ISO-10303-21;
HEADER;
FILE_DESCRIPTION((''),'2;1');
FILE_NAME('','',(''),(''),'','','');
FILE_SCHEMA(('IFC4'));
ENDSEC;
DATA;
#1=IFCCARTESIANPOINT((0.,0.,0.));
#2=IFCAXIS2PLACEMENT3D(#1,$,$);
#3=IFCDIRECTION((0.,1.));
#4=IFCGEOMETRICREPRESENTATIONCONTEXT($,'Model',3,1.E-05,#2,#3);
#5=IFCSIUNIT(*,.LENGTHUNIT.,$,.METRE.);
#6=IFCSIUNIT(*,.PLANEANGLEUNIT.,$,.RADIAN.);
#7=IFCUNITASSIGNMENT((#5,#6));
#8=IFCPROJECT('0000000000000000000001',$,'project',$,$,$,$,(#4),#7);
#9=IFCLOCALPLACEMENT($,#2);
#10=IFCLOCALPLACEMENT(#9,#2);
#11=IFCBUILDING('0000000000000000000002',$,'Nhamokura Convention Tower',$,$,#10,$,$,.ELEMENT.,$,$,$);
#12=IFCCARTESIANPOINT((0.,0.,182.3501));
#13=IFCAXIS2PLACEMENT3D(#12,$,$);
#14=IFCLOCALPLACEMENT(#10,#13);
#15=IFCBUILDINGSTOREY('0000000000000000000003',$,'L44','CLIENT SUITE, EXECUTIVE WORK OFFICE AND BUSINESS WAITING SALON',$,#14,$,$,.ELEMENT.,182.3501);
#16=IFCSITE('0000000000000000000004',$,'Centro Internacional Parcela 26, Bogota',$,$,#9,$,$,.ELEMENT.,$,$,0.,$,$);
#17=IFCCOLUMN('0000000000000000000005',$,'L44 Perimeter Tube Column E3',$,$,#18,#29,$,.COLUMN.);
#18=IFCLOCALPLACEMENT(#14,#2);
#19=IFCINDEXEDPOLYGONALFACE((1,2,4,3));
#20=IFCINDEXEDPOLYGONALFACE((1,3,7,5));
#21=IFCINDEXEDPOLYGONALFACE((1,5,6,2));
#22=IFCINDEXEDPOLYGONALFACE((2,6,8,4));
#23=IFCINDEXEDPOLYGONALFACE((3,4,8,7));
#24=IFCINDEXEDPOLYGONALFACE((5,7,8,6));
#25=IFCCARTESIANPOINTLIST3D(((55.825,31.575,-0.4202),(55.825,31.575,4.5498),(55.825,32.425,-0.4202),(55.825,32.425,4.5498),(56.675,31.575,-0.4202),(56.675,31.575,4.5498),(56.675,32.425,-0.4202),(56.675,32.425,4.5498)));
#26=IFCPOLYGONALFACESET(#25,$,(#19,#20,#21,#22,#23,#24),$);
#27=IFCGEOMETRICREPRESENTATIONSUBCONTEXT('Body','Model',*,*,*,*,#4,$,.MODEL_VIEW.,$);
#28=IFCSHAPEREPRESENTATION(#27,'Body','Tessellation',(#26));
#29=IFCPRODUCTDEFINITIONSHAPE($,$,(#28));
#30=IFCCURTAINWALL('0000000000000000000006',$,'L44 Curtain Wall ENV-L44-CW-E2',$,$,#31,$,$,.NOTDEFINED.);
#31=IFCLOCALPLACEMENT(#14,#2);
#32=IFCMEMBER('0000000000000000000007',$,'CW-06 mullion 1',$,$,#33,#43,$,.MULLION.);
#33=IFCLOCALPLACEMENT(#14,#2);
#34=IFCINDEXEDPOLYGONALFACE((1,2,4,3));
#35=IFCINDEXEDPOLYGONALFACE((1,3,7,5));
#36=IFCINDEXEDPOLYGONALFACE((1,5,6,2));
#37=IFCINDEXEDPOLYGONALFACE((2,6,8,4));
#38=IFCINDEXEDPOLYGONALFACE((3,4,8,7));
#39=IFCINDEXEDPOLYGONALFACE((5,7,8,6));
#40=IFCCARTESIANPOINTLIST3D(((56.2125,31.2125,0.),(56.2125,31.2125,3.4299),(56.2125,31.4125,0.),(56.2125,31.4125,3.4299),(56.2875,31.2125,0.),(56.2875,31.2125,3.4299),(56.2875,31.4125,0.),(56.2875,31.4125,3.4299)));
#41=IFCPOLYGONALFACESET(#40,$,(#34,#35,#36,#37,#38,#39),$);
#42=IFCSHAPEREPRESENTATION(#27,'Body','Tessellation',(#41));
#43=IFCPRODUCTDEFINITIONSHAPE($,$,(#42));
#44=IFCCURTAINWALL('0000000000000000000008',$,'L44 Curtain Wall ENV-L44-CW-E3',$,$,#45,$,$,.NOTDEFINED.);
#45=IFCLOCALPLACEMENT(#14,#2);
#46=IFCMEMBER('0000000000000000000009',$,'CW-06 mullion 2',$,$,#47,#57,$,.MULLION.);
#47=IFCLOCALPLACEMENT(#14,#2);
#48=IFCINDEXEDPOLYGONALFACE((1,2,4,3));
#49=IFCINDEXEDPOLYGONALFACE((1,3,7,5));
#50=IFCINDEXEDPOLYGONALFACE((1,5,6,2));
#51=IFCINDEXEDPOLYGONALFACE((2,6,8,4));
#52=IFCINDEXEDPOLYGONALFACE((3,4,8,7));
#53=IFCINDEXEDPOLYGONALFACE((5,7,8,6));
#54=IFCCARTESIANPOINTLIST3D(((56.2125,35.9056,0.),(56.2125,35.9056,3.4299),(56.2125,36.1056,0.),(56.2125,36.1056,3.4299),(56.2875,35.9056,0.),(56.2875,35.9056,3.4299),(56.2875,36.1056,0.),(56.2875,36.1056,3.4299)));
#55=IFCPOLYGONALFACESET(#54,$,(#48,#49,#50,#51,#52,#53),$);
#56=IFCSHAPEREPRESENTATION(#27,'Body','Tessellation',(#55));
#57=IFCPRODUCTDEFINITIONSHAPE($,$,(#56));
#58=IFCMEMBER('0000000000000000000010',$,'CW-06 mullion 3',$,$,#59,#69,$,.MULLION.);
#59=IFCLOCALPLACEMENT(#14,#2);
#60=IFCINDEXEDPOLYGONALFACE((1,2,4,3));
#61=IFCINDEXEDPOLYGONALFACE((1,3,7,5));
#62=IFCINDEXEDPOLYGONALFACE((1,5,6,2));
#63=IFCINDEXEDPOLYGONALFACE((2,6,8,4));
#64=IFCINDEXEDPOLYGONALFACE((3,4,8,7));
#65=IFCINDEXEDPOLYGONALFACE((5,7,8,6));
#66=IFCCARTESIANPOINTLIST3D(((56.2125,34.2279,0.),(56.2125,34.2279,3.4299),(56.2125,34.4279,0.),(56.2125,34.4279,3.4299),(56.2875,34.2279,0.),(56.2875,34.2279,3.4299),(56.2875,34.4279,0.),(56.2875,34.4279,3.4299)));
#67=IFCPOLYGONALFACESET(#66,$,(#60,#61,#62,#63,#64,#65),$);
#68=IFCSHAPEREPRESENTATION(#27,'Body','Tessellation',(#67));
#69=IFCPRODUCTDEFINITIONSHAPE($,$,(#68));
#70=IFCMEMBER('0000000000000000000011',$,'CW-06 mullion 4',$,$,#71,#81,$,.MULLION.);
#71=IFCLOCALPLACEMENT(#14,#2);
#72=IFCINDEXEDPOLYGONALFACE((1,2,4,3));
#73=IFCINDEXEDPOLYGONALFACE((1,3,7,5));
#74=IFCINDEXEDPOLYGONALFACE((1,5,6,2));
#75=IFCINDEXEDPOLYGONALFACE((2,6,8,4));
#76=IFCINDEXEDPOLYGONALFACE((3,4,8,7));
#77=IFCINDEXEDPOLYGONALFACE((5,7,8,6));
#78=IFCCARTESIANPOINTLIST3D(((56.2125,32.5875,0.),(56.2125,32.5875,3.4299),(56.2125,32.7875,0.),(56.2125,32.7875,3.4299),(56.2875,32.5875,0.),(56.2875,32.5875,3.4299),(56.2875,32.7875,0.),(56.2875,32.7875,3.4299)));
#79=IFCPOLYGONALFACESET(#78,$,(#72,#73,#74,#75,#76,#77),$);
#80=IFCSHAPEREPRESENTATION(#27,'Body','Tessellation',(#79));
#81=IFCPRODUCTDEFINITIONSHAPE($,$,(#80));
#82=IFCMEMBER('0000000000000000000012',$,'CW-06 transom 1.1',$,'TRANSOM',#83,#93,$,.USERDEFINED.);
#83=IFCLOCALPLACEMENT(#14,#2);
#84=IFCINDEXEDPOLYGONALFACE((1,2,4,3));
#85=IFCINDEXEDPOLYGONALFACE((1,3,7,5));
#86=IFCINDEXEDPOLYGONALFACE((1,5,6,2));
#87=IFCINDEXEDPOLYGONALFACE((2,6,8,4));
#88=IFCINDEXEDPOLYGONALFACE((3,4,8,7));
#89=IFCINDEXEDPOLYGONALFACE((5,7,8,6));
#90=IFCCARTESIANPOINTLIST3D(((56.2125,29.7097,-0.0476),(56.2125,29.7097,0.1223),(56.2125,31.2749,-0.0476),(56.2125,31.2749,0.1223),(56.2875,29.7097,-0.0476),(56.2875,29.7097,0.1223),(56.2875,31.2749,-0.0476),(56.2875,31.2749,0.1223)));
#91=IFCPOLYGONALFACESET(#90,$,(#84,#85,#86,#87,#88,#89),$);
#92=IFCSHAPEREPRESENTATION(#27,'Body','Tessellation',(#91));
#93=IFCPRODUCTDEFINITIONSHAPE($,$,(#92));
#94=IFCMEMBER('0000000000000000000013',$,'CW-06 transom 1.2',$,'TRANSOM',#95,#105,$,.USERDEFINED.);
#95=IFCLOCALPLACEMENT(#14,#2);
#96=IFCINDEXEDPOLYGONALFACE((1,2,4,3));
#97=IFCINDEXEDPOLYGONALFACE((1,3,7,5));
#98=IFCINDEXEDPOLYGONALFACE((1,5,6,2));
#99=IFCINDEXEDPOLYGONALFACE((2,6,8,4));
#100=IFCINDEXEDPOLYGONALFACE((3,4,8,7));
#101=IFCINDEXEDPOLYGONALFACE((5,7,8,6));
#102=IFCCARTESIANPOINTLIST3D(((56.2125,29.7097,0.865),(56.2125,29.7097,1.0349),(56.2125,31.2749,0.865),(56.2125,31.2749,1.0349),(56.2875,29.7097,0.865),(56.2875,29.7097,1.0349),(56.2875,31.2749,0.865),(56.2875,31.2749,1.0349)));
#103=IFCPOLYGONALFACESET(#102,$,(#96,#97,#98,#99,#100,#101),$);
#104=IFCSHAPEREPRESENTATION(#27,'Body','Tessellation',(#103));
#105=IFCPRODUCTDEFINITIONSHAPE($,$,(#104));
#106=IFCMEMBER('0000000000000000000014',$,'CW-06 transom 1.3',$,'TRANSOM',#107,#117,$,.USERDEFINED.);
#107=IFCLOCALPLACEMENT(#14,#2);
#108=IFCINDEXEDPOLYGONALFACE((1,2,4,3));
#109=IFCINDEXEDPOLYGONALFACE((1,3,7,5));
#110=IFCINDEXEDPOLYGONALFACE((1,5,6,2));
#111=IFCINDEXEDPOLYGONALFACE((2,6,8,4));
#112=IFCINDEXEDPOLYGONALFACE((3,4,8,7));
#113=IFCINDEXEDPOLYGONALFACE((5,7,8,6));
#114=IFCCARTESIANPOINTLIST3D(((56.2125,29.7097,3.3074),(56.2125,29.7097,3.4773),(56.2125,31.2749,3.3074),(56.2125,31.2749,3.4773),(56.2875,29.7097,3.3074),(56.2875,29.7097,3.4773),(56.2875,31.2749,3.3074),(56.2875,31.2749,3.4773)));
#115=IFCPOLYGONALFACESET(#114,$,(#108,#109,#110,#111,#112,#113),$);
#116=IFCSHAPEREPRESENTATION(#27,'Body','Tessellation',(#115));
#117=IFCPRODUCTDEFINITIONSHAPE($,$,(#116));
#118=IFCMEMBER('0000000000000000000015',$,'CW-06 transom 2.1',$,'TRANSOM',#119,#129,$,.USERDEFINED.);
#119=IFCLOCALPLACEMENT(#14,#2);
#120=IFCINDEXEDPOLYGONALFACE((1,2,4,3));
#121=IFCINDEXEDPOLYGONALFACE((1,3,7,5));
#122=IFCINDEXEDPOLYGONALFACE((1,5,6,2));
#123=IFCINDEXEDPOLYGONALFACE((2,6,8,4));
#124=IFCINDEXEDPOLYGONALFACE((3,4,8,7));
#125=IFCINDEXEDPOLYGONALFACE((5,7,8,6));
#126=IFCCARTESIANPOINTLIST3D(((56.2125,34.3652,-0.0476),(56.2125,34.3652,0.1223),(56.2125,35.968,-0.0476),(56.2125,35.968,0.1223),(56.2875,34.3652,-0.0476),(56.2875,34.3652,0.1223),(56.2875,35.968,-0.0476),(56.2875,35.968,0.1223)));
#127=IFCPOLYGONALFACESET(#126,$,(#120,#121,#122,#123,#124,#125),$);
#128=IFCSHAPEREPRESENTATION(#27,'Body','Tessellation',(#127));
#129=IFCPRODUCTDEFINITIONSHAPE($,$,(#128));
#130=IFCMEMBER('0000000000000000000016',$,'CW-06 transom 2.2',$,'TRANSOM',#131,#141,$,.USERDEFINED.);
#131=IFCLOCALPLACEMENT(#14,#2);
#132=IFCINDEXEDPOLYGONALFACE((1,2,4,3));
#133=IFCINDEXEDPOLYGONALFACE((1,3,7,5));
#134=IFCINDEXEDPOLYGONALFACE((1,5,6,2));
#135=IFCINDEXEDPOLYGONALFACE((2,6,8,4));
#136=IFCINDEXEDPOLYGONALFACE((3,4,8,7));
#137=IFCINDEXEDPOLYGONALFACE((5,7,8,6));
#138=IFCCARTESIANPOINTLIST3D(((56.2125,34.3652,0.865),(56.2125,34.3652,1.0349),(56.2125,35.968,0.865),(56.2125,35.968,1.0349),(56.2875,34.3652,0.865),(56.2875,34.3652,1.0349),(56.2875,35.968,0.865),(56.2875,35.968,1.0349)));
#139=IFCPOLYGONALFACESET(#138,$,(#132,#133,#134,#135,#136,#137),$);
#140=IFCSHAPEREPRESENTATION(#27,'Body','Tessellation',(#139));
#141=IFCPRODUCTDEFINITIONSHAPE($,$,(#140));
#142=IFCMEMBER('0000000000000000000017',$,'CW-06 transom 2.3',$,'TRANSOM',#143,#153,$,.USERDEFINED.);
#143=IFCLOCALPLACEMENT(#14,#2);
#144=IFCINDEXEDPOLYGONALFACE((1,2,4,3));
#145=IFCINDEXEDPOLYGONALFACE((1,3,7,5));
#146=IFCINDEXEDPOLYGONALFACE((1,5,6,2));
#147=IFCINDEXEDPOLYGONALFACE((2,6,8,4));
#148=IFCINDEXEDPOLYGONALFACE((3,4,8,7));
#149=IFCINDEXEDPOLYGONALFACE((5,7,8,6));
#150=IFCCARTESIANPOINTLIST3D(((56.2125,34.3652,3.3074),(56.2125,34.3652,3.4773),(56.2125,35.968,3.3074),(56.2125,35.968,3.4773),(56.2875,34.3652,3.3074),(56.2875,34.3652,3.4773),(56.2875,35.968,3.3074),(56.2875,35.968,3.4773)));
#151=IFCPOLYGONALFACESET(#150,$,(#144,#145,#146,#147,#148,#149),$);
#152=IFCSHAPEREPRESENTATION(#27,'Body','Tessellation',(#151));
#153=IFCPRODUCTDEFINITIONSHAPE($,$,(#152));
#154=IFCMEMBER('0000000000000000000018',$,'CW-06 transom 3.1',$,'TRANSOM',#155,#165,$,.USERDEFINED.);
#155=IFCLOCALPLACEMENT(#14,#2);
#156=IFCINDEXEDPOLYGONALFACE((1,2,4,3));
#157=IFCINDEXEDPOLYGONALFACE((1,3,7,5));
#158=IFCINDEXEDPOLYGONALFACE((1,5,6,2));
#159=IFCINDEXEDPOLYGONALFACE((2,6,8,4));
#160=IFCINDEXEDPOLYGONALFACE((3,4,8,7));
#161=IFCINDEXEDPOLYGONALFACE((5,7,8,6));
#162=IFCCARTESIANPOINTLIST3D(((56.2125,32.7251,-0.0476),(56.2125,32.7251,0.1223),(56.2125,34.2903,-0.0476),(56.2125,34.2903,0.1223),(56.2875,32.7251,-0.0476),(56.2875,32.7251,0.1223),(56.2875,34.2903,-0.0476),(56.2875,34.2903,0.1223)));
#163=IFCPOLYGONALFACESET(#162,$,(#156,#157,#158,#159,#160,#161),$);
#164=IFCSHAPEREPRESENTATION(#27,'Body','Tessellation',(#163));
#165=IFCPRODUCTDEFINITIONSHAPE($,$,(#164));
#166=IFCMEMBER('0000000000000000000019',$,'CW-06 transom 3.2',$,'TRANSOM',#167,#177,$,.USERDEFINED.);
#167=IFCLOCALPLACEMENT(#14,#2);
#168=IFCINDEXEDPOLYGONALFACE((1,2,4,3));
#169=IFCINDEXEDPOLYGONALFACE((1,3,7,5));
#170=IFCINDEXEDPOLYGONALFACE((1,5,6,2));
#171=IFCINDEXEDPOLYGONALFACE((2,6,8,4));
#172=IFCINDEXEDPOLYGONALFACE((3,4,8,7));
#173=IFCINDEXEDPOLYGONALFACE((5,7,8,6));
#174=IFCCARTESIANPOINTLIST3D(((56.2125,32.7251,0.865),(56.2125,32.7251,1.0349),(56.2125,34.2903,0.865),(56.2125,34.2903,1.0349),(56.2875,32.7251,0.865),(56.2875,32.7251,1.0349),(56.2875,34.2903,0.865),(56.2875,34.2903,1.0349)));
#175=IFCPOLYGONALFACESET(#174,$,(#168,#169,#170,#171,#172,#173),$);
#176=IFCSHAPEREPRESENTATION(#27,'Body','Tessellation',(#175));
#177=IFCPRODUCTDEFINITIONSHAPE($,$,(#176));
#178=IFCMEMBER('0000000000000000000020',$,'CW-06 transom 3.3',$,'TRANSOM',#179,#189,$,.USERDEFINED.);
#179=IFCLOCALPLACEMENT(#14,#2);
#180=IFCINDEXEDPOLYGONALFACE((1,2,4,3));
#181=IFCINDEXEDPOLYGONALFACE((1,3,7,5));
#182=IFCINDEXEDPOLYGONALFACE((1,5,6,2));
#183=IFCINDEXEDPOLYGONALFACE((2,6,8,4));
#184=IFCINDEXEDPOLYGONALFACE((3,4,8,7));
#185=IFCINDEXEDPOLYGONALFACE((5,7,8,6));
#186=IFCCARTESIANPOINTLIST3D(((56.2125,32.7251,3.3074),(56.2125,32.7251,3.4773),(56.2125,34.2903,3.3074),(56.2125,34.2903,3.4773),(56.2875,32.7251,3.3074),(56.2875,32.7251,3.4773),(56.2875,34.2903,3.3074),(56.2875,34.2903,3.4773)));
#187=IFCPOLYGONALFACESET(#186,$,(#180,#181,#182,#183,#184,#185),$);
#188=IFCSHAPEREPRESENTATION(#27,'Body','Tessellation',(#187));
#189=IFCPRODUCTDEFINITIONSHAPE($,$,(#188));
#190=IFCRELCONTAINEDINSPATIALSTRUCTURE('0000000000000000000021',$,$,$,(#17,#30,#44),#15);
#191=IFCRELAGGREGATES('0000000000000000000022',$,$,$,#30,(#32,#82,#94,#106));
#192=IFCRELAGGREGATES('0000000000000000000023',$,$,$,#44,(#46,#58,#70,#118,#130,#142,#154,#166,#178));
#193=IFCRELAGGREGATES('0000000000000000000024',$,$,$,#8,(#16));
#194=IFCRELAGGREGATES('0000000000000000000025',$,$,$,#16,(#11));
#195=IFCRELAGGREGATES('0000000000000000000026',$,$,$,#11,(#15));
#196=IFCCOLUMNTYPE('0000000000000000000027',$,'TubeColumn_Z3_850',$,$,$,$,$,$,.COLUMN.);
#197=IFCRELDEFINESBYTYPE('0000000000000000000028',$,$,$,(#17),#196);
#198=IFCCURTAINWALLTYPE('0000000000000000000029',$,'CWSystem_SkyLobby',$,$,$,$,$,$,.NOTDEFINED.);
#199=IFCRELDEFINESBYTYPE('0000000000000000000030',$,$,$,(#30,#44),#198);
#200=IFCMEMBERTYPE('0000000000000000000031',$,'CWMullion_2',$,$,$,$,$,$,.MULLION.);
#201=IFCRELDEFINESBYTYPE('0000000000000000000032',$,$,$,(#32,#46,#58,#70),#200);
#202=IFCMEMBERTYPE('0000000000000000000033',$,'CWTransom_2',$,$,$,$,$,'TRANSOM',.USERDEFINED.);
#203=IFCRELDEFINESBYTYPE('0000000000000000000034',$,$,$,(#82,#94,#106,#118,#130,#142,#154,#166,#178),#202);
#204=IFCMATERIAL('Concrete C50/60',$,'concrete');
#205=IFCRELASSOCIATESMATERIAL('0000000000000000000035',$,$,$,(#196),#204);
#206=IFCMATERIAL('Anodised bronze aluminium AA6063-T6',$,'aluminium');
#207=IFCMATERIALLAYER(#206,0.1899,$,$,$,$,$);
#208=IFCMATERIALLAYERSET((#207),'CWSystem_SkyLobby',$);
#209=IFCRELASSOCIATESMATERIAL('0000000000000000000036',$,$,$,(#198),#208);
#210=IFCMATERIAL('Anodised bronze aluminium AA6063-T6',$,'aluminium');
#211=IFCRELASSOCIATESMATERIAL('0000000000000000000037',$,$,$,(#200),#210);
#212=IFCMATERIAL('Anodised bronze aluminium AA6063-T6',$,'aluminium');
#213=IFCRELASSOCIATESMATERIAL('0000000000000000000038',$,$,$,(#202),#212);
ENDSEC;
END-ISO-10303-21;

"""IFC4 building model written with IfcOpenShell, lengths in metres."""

from ifc_helpers import new_model, si_unit, direction, frame, origin, origin_2d, place, context, subcontext, project, spatial, rectangle, extrude, material, layer, layer_set, material_profile, profile_set, type_object, element, aggregate, save


model = new_model("IFC4")

# Units and contexts
model_context = context("Model", 3, precision=1e-05, world=origin(), true_north=direction((0.0, 1.0)))
body_context = subcontext(model_context, "Body", "Model", "MODEL_VIEW")
ifc_project = project(units=[si_unit("LENGTHUNIT", "METRE"), si_unit("PLANEANGLEUNIT", "RADIAN")], contexts=[model_context])

# Site, building, storey
site_placement = place(None, origin())
site = spatial("IfcSite", under=ifc_project, at=site_placement, Name="Centro Internacional Parcela 26, Bogota", CompositionType="ELEMENT", RefElevation=0.0)
building_placement = place(site_placement, origin())
building = spatial("IfcBuilding", under=site, at=building_placement, Name="Nhamokura Convention Tower", CompositionType="ELEMENT")
storey_placement = place(building_placement, frame((0.0, 0.0, 182.3501)))
storey = spatial("IfcBuildingStorey", under=building, at=storey_placement, Name="L44", Description="CLIENT SUITE, EXECUTIVE WORK OFFICE AND BUSINESS WAITING SALON", CompositionType="ELEMENT", Elevation=182.3501)

# Column
ifc_material_1 = material(Name="Concrete C50/60", Category="concrete")
ifc_material_profile_1 = material_profile(ifc_material_1, rectangle(XDim=0.8501, YDim=0.8501, at=origin_2d()))
ifc_profile_set_1 = profile_set([ifc_material_profile_1], Name="Concrete C50/60")
column_type = type_object("IfcColumnType", Name="TubeColumn_Z3_850", PredefinedType="COLUMN", material=ifc_profile_set_1)
column_placement = place(storey_placement, frame((56.25, 32.0, -0.4202), z_axis=(0.0, 0.0, 1.0), x_axis=(1.0, 0.0, 0.0)))
element("IfcColumn", 1, at=column_placement, inside=storey, type_object=column_type, Name="L44 Perimeter Tube Column E3", PredefinedType="COLUMN", context=body_context, shape_type="SweptSolid", body=[
    extrude(rectangle(XDim=0.8501, YDim=0.8501, at=origin_2d()), origin(), (0.0, 0.0, 1.0), 4.97),
])

# Curtain wall, member
ifc_material_2 = material(Name="Anodised bronze aluminium AA6063-T6", Category="aluminium")
ifc_layer_1 = layer(ifc_material_2, 0.1899)
ifc_layer_set_1 = layer_set([ifc_layer_1], Name="CWSystem_SkyLobby")
curtain_wall_type = type_object("IfcCurtainWallType", Name="CWSystem_SkyLobby", PredefinedType="NOTDEFINED", material=ifc_layer_set_1)
curtain_wall_1_placement = place(storey_placement, origin())
curtain_wall_1 = element("IfcCurtainWall", 2, at=curtain_wall_1_placement, inside=storey, type_object=curtain_wall_type, Name="L44 Curtain Wall ENV-L44-CW-E2", PredefinedType="NOTDEFINED")
ifc_material_3 = material(Name="Anodised bronze aluminium AA6063-T6", Category="aluminium")
ifc_material_profile_2 = material_profile(ifc_material_3, rectangle(XDim=0.075, YDim=0.2, at=origin_2d()))
ifc_profile_set_2 = profile_set([ifc_material_profile_2], Name="Anodised bronze aluminium AA6063-T6")
member_type_1 = type_object("IfcMemberType", Name="CWMullion_2", PredefinedType="MULLION", material=ifc_profile_set_2)
member_1_placement = place(storey_placement, frame((56.25, 31.3125, 0.0), z_axis=(0.0, 0.0, 1.0), x_axis=(1.0, 0.0, 0.0)))
member_1 = element("IfcMember", 3, at=member_1_placement, type_object=member_type_1, Name="CW-06 mullion 1", PredefinedType="MULLION", context=body_context, shape_type="SweptSolid", body=[
    extrude(rectangle(XDim=0.075, YDim=0.2, at=origin_2d()), origin(), (0.0, 0.0, 1.0), 3.4299),
])

# Curtain wall, members
curtain_wall_2_placement = place(storey_placement, origin())
curtain_wall_2 = element("IfcCurtainWall", 4, at=curtain_wall_2_placement, inside=storey, type_object=curtain_wall_type, Name="L44 Curtain Wall ENV-L44-CW-E3", PredefinedType="NOTDEFINED")
member_2_placement = place(storey_placement, frame((56.25, 36.0056, 0.0), z_axis=(0.0, 0.0, 1.0), x_axis=(1.0, 0.0, 0.0)))
member_2 = element("IfcMember", 5, at=member_2_placement, type_object=member_type_1, Name="CW-06 mullion 2", PredefinedType="MULLION", context=body_context, shape_type="SweptSolid", body=[
    extrude(rectangle(XDim=0.075, YDim=0.2, at=origin_2d()), origin(), (0.0, 0.0, 1.0), 3.4299),
])
member_3_placement = place(storey_placement, frame((56.25, 34.3279, 0.0), z_axis=(0.0, 0.0, 1.0), x_axis=(1.0, 0.0, 0.0)))
member_3 = element("IfcMember", 6, at=member_3_placement, type_object=member_type_1, Name="CW-06 mullion 3", PredefinedType="MULLION", context=body_context, shape_type="SweptSolid", body=[
    extrude(rectangle(XDim=0.075, YDim=0.2, at=origin_2d()), origin(), (0.0, 0.0, 1.0), 3.4299),
])
member_4_placement = place(storey_placement, frame((56.25, 32.6875, 0.0), z_axis=(0.0, 0.0, 1.0), x_axis=(1.0, 0.0, 0.0)))
member_4 = element("IfcMember", 7, at=member_4_placement, type_object=member_type_1, Name="CW-06 mullion 4", PredefinedType="MULLION", context=body_context, shape_type="SweptSolid", body=[
    extrude(rectangle(XDim=0.075, YDim=0.2, at=origin_2d()), origin(), (0.0, 0.0, 1.0), 3.4299),
])

# Members
ifc_material_4 = material(Name="Anodised bronze aluminium AA6063-T6", Category="aluminium")
ifc_material_profile_3 = material_profile(ifc_material_4, rectangle(XDim=0.075, YDim=0.1699, at=origin_2d()))
ifc_profile_set_3 = profile_set([ifc_material_profile_3], Name="Anodised bronze aluminium AA6063-T6")
member_type_2 = type_object("IfcMemberType", Name="CWTransom_2", ElementType="TRANSOM", PredefinedType="USERDEFINED", material=ifc_profile_set_3)
member_5_placement = place(storey_placement, frame((56.25, 31.2749, 0.0374), z_axis=(0.0, -1.0, 0.0), x_axis=(1.0, 0.0, 0.0)))
member_5 = element("IfcMember", 8, at=member_5_placement, type_object=member_type_2, Name="CW-06 transom 1.1", ObjectType="TRANSOM", PredefinedType="USERDEFINED", context=body_context, shape_type="SweptSolid", body=[
    extrude(rectangle(XDim=0.075, YDim=0.1699, at=origin_2d()), origin(), (0.0, 0.0, 1.0), 1.5652),
])
member_6_placement = place(storey_placement, frame((56.25, 31.2749, 0.95), z_axis=(0.0, -1.0, 0.0), x_axis=(1.0, 0.0, 0.0)))
member_6 = element("IfcMember", 9, at=member_6_placement, type_object=member_type_2, Name="CW-06 transom 1.2", ObjectType="TRANSOM", PredefinedType="USERDEFINED", context=body_context, shape_type="SweptSolid", body=[
    extrude(rectangle(XDim=0.075, YDim=0.1699, at=origin_2d()), origin(), (0.0, 0.0, 1.0), 1.5652),
])
member_7_placement = place(storey_placement, frame((56.25, 31.2749, 3.3923), z_axis=(0.0, -1.0, 0.0), x_axis=(1.0, 0.0, 0.0)))
member_7 = element("IfcMember", 10, at=member_7_placement, type_object=member_type_2, Name="CW-06 transom 1.3", ObjectType="TRANSOM", PredefinedType="USERDEFINED", context=body_context, shape_type="SweptSolid", body=[
    extrude(rectangle(XDim=0.075, YDim=0.1699, at=origin_2d()), origin(), (0.0, 0.0, 1.0), 1.5652),
])
aggregate(curtain_wall_1, [member_1, member_5, member_6, member_7])
member_8_placement = place(storey_placement, frame((56.25, 35.968, 0.0374), z_axis=(0.0, -1.0, 0.0), x_axis=(1.0, 0.0, 0.0)))
member_8 = element("IfcMember", 11, at=member_8_placement, type_object=member_type_2, Name="CW-06 transom 2.1", ObjectType="TRANSOM", PredefinedType="USERDEFINED", context=body_context, shape_type="SweptSolid", body=[
    extrude(rectangle(XDim=0.075, YDim=0.1699, at=origin_2d()), origin(), (0.0, 0.0, 1.0), 1.6028),
])
member_9_placement = place(storey_placement, frame((56.25, 35.968, 0.95), z_axis=(0.0, -1.0, 0.0), x_axis=(1.0, 0.0, 0.0)))
member_9 = element("IfcMember", 12, at=member_9_placement, type_object=member_type_2, Name="CW-06 transom 2.2", ObjectType="TRANSOM", PredefinedType="USERDEFINED", context=body_context, shape_type="SweptSolid", body=[
    extrude(rectangle(XDim=0.075, YDim=0.1699, at=origin_2d()), origin(), (0.0, 0.0, 1.0), 1.6028),
])
member_10_placement = place(storey_placement, frame((56.25, 35.968, 3.3923), z_axis=(0.0, -1.0, 0.0), x_axis=(1.0, 0.0, 0.0)))
member_10 = element("IfcMember", 13, at=member_10_placement, type_object=member_type_2, Name="CW-06 transom 2.3", ObjectType="TRANSOM", PredefinedType="USERDEFINED", context=body_context, shape_type="SweptSolid", body=[
    extrude(rectangle(XDim=0.075, YDim=0.1699, at=origin_2d()), origin(), (0.0, 0.0, 1.0), 1.6028),
])
member_11_placement = place(storey_placement, frame((56.25, 34.2903, 0.0374), z_axis=(0.0, -1.0, 0.0), x_axis=(1.0, 0.0, 0.0)))
member_11 = element("IfcMember", 14, at=member_11_placement, type_object=member_type_2, Name="CW-06 transom 3.1", ObjectType="TRANSOM", PredefinedType="USERDEFINED", context=body_context, shape_type="SweptSolid", body=[
    extrude(rectangle(XDim=0.075, YDim=0.1699, at=origin_2d()), origin(), (0.0, 0.0, 1.0), 1.5652),
])
member_12_placement = place(storey_placement, frame((56.25, 34.2903, 0.95), z_axis=(0.0, -1.0, 0.0), x_axis=(1.0, 0.0, 0.0)))
member_12 = element("IfcMember", 15, at=member_12_placement, type_object=member_type_2, Name="CW-06 transom 3.2", ObjectType="TRANSOM", PredefinedType="USERDEFINED", context=body_context, shape_type="SweptSolid", body=[
    extrude(rectangle(XDim=0.075, YDim=0.1699, at=origin_2d()), origin(), (0.0, 0.0, 1.0), 1.5652),
])
member_13_placement = place(storey_placement, frame((56.25, 34.2903, 3.3923), z_axis=(0.0, -1.0, 0.0), x_axis=(1.0, 0.0, 0.0)))
member_13 = element("IfcMember", 16, at=member_13_placement, type_object=member_type_2, Name="CW-06 transom 3.3", ObjectType="TRANSOM", PredefinedType="USERDEFINED", context=body_context, shape_type="SweptSolid", body=[
    extrude(rectangle(XDim=0.075, YDim=0.1699, at=origin_2d()), origin(), (0.0, 0.0, 1.0), 1.5652),
])

aggregate(curtain_wall_2, [member_2, member_3, member_4, member_8, member_9, member_10, member_11, member_12, member_13])

save(model, "model.ifc")
